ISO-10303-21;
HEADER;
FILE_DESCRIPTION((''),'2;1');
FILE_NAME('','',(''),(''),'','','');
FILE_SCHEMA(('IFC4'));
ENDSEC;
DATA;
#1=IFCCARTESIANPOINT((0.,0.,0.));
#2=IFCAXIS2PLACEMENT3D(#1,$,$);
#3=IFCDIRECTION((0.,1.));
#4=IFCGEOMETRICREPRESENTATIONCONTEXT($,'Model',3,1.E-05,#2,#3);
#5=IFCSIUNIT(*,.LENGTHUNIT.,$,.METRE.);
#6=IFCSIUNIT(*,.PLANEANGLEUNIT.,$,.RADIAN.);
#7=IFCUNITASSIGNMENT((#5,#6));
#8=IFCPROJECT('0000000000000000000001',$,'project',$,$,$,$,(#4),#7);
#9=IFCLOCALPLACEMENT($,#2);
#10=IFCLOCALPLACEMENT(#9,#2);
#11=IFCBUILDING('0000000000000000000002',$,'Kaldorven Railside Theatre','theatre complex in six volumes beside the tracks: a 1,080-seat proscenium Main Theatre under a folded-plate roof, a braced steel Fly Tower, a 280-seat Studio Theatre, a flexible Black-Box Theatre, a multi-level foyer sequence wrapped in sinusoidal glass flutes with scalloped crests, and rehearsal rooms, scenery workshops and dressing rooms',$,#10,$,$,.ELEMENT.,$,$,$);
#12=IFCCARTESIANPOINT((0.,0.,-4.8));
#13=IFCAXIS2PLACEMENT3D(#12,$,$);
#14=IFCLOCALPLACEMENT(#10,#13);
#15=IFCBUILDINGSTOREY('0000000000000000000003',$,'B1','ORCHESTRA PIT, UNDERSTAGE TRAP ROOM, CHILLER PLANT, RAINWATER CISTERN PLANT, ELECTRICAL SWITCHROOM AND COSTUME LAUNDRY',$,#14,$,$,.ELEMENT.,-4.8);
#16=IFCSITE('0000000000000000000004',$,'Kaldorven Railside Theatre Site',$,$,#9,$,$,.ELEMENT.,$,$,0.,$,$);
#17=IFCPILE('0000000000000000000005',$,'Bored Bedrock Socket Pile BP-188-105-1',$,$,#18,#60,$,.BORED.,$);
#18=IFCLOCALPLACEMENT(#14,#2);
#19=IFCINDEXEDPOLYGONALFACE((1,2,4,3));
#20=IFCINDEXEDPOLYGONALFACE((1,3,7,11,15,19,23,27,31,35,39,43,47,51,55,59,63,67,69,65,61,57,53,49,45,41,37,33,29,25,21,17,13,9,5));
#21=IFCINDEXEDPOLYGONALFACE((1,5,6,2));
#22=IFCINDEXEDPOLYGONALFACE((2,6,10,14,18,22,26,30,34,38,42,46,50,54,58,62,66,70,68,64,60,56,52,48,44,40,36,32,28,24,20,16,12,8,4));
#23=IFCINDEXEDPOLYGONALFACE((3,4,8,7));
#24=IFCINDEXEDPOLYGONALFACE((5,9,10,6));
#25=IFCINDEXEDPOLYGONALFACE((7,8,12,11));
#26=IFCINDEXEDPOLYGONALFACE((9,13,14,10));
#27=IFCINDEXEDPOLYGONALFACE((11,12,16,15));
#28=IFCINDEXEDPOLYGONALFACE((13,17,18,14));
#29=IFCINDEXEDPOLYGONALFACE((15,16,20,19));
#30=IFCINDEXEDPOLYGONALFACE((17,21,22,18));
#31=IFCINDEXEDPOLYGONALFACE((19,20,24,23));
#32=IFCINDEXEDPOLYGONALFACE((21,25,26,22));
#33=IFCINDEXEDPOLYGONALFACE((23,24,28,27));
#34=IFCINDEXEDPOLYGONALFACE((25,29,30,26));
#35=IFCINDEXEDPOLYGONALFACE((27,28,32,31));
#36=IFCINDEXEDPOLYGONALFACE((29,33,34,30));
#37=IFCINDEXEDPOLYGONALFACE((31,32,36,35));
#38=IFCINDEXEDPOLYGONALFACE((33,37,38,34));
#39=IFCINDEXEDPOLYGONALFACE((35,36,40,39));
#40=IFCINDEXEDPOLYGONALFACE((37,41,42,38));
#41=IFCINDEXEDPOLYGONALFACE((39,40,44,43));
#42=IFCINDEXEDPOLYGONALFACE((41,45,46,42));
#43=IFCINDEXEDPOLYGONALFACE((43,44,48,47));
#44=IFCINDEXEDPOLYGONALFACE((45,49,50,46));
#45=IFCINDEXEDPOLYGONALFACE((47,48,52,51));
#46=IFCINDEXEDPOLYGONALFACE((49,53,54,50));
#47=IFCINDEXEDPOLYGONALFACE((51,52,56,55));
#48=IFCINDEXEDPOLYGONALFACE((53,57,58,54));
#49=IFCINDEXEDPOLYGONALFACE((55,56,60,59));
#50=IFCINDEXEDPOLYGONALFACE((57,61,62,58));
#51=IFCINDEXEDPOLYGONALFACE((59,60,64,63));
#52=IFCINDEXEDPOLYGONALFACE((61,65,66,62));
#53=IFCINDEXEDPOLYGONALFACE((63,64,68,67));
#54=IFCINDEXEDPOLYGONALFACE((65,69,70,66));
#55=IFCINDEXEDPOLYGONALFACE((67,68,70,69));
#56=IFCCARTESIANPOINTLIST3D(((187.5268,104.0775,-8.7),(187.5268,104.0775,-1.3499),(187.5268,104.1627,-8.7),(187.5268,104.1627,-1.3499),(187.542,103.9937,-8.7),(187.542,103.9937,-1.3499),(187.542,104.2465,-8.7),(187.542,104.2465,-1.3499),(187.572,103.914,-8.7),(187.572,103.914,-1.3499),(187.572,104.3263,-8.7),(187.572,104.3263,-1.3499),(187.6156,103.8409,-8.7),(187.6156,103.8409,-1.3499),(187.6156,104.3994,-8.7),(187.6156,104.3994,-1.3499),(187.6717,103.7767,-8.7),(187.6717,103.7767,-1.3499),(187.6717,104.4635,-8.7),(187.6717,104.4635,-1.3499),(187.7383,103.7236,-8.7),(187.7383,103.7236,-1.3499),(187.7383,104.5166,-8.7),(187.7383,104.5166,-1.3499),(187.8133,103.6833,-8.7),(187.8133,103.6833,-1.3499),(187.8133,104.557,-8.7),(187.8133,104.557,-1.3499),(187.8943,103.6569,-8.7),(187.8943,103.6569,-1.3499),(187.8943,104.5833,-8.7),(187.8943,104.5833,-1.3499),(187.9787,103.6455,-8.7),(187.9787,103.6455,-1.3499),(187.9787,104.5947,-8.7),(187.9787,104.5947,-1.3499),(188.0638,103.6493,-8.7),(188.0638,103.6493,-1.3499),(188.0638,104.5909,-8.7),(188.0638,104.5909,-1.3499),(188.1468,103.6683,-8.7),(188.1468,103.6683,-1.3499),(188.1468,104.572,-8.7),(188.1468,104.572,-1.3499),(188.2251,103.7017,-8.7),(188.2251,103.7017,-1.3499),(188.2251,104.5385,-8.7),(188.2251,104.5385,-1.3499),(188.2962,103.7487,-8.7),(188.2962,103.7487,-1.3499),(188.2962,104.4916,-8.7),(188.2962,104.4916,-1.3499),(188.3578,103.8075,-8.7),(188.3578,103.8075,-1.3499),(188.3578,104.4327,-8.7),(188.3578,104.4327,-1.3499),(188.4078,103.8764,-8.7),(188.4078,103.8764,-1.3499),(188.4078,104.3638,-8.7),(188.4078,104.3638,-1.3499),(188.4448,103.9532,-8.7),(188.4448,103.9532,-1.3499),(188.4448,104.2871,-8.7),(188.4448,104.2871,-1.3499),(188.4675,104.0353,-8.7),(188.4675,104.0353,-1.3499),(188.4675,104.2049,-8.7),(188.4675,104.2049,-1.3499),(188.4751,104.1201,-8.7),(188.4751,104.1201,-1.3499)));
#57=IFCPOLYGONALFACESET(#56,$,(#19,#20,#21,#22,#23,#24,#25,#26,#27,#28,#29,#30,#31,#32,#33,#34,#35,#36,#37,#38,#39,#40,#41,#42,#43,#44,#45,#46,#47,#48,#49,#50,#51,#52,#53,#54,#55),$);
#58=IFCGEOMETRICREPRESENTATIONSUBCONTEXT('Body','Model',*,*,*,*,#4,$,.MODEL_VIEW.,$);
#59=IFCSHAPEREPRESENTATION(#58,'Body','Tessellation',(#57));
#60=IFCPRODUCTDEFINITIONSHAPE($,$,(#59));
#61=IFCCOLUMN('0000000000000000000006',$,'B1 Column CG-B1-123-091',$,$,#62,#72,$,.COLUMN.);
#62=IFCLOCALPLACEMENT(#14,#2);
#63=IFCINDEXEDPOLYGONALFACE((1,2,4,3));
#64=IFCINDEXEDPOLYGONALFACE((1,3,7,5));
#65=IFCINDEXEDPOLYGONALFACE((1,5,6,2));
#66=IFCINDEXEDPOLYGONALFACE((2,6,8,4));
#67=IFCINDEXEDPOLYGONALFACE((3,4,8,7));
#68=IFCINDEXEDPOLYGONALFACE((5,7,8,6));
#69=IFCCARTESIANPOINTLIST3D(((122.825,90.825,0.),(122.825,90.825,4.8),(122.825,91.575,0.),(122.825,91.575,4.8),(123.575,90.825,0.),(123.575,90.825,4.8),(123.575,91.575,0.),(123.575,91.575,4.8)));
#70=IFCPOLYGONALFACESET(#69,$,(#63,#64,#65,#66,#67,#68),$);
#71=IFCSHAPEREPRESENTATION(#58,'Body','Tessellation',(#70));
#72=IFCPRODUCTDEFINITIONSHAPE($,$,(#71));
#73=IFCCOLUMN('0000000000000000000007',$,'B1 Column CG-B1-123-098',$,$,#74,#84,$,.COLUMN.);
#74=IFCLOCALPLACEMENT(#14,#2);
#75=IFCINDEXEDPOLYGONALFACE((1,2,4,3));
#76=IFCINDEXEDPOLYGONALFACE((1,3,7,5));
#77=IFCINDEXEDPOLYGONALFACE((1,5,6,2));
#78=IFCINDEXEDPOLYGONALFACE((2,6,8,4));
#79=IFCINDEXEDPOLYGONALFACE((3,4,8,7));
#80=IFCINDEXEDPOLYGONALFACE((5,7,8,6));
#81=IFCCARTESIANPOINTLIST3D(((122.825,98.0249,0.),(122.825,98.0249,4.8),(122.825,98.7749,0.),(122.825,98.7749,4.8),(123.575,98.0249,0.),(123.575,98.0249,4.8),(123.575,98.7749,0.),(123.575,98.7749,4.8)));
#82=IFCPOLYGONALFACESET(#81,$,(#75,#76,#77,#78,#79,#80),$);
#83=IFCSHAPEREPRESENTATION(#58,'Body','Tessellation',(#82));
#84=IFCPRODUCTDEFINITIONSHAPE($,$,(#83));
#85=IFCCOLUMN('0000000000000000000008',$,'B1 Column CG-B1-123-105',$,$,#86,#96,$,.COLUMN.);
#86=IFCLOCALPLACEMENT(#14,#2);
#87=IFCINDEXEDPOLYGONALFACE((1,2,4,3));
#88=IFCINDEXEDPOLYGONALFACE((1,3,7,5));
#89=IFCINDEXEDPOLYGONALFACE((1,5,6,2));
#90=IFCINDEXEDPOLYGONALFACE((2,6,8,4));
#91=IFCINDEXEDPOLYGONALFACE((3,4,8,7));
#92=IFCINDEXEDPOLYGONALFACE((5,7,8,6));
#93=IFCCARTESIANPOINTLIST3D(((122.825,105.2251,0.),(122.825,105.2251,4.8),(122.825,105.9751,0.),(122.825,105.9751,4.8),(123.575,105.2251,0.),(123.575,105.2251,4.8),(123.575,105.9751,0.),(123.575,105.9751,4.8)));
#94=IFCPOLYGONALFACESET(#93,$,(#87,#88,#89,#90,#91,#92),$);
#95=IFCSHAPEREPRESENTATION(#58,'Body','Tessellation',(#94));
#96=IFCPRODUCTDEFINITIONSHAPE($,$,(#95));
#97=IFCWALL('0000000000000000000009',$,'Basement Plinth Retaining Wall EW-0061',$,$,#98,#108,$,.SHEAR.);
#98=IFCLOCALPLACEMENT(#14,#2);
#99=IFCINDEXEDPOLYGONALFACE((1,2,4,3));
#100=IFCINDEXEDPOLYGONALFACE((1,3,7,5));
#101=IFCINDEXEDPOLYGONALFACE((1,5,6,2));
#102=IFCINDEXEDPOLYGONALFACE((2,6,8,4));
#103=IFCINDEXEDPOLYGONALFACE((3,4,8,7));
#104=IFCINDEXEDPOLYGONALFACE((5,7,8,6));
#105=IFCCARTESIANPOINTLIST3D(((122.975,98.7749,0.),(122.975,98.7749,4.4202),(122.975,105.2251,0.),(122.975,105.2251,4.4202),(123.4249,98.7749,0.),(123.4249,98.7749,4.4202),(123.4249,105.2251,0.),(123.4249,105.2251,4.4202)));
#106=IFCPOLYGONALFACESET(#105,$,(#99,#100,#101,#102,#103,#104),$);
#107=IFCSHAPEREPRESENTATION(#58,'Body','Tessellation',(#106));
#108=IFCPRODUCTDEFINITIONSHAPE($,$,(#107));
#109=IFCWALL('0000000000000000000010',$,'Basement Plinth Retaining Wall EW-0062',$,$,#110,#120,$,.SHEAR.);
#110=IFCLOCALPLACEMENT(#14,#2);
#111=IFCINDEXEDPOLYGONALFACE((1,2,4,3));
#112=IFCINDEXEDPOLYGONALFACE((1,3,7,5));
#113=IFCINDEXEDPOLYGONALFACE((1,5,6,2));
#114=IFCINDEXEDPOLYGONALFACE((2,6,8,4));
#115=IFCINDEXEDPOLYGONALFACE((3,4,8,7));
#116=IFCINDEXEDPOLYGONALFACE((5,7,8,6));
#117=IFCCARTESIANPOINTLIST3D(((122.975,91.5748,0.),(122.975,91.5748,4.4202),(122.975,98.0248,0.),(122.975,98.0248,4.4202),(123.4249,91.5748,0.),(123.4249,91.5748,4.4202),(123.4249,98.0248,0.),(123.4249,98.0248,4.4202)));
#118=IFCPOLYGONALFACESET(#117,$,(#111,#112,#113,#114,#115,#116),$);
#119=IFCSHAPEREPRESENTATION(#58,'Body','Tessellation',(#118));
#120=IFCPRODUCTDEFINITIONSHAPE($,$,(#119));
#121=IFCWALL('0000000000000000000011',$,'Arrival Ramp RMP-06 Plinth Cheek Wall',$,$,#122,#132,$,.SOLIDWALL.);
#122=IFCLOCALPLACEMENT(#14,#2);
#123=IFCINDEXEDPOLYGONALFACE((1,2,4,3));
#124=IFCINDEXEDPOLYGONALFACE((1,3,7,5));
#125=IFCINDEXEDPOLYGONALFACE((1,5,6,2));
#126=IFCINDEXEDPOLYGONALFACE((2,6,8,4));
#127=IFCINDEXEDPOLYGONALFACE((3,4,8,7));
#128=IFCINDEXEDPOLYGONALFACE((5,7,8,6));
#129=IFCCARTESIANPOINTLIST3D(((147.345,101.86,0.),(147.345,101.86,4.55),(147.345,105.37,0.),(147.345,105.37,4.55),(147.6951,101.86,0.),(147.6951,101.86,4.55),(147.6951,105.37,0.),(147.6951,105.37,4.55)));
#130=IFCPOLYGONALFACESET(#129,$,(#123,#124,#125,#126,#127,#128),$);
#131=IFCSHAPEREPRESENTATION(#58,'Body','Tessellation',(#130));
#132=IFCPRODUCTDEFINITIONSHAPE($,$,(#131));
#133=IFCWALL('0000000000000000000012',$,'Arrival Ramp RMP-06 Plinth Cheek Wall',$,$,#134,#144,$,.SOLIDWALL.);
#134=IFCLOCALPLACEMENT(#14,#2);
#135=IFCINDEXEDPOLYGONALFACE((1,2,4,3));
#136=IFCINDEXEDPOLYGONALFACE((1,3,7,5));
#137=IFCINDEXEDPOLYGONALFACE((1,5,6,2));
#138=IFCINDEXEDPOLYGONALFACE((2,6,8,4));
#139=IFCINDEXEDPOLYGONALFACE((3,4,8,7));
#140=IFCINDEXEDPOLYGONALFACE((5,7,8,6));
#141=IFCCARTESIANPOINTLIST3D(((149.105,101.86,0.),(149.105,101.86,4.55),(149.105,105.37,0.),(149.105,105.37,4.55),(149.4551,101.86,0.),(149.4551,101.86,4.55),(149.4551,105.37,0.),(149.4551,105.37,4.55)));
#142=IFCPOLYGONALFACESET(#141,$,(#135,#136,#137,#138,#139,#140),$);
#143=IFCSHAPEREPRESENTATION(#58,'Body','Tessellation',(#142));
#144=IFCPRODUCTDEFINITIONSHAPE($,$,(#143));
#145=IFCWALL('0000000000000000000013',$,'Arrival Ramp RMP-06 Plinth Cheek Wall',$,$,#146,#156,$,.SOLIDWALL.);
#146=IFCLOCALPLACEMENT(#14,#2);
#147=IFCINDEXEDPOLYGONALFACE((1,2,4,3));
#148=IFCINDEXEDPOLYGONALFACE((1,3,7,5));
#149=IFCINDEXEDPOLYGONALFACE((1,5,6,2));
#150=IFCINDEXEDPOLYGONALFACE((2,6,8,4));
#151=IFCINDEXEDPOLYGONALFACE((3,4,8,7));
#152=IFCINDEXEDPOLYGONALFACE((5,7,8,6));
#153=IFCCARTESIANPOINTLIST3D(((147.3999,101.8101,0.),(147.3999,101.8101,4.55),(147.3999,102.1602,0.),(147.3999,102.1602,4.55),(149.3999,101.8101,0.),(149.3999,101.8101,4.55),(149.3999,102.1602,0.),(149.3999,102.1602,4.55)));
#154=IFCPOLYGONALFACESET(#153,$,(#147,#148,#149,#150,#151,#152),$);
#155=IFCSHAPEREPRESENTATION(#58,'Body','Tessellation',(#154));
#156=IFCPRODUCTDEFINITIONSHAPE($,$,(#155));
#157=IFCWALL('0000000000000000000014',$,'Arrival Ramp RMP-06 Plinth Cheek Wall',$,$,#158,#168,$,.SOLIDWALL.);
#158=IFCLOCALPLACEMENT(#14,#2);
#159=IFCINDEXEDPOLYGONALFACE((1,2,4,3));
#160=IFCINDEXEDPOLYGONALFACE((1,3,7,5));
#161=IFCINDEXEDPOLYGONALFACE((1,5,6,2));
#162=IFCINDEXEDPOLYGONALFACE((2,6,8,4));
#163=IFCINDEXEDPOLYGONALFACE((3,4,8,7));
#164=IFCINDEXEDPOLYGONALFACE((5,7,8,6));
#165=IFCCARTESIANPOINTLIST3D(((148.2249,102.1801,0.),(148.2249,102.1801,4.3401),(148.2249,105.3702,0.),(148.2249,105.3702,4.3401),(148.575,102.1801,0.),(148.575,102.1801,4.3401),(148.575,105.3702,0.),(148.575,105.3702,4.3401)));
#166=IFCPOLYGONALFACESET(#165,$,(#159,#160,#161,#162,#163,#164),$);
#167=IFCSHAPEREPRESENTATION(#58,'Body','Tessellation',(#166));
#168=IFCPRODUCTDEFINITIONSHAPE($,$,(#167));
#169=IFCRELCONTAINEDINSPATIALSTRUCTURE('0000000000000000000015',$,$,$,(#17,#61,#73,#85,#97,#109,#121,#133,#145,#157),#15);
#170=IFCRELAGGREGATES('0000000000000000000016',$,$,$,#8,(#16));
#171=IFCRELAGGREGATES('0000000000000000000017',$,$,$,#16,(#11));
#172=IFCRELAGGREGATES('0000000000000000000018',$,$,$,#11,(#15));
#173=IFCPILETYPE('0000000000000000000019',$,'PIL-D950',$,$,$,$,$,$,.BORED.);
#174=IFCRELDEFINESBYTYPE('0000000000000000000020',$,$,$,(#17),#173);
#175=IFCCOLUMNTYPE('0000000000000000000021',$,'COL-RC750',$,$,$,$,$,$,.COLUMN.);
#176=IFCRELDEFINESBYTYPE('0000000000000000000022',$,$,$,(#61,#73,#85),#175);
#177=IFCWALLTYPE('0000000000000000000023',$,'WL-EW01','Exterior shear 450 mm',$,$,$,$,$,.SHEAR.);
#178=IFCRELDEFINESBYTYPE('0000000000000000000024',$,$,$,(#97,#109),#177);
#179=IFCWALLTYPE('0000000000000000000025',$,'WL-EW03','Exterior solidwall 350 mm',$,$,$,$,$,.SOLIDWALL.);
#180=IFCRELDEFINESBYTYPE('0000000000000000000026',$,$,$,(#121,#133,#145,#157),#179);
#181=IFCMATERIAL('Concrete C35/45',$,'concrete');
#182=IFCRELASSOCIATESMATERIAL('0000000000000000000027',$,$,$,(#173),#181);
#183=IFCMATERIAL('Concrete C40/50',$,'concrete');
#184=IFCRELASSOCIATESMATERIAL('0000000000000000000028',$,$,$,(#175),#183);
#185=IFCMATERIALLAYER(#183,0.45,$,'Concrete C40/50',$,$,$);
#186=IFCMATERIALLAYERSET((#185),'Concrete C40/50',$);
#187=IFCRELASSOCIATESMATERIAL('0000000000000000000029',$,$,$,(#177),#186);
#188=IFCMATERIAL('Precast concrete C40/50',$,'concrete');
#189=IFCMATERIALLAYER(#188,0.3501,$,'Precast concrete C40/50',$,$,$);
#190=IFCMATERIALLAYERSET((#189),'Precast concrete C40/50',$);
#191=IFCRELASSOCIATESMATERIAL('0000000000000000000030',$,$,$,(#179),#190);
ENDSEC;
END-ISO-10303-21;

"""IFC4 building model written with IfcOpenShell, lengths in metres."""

from ifc_helpers import new_model, si_unit, direction, frame, frame_2d, origin, origin_2d, place, context, subcontext, project, spatial, rectangle, circle, extrude, material, layer, layer_set, material_profile, profile_set, type_object, element, save


model = new_model("IFC4")

# Units and contexts
model_context = context("Model", 3, precision=1e-05, world=origin(), true_north=direction((0.0, 1.0)))
body_context = subcontext(model_context, "Body", "Model", "MODEL_VIEW")
ifc_project = project(units=[si_unit("LENGTHUNIT", "METRE"), si_unit("PLANEANGLEUNIT", "RADIAN")], contexts=[model_context])

# Site, building, storey
site_placement = place(None, origin())
site = spatial("IfcSite", under=ifc_project, at=site_placement, Name="Kaldorven Railside Theatre Site", CompositionType="ELEMENT", RefElevation=0.0)
building_placement = place(site_placement, origin())
building = spatial("IfcBuilding", under=site, at=building_placement, Name="Kaldorven Railside Theatre", Description="theatre complex in six volumes beside the tracks: a 1,080-seat proscenium Main Theatre under a folded-plate roof, a braced steel Fly Tower, a 280-seat Studio Theatre, a flexible Black-Box Theatre, a multi-level foyer sequence wrapped in sinusoidal glass flutes with scalloped crests, and rehearsal rooms, scenery workshops and dressing rooms", CompositionType="ELEMENT")
storey_placement = place(building_placement, frame((0.0, 0.0, -4.8)))
storey = spatial("IfcBuildingStorey", under=building, at=storey_placement, Name="B1", Description="ORCHESTRA PIT, UNDERSTAGE TRAP ROOM, CHILLER PLANT, RAINWATER CISTERN PLANT, ELECTRICAL SWITCHROOM AND COSTUME LAUNDRY", CompositionType="ELEMENT", Elevation=-4.8)

# Shared definitions
ifc_material_1 = material(Name="Concrete C40/50", Category="concrete")

# Pile
ifc_material_2 = material(Name="Concrete C35/45", Category="concrete")
ifc_material_profile_1 = material_profile(ifc_material_2, circle(Radius=0.4751, at=origin_2d()), Name="BP D950")
ifc_profile_set_1 = profile_set([ifc_material_profile_1], Name="Concrete C35/45")
pile_type_1 = type_object("IfcPileType", Name="PIL-D950", PredefinedType="BORED", material=ifc_profile_set_1)
for number, where, z_axis, x_axis, name in (
    (1, (188.0, 104.1201, -1.3499), (0.0, 0.0, -1.0), (1.0, 0.0, 0.0), "Bored Bedrock Socket Pile BP-188-105-1"),
):
    element("IfcPile", number, at=place(storey_placement, frame(where, z_axis=z_axis, x_axis=x_axis)), inside=storey, type_object=pile_type_1, Name=name, PredefinedType="BORED", context=body_context, shape_type="SweptSolid", body=[
        extrude(circle(Radius=0.4751, at=origin_2d()), origin(), (0.0, 0.0, 1.0), 7.3501),
    ])

# Columns
ifc_material_profile_2 = material_profile(ifc_material_1, rectangle(XDim=0.75, YDim=0.75, at=origin_2d()), Name="RC 750x750")
ifc_profile_set_2 = profile_set([ifc_material_profile_2], Name="Concrete C40/50")
column_type = type_object("IfcColumnType", Name="COL-RC750", PredefinedType="COLUMN", material=ifc_profile_set_2)
for number, where, z_axis, x_axis, name in (
    (2, (123.2, 91.2, 0.0), (0.0, 0.0, 1.0), (1.0, 0.0, 0.0), "B1 Column CG-B1-123-091"),
    (3, (123.2, 98.3999, 0.0), (0.0, 0.0, 1.0), (0.0, 1.0, 0.0), "B1 Column CG-B1-123-098"),
    (4, (123.2, 105.6001, 0.0), (0.0, 0.0, 1.0), (1.0, 0.0, 0.0), "B1 Column CG-B1-123-105"),
):
    element("IfcColumn", number, at=place(storey_placement, frame(where, z_axis=z_axis, x_axis=x_axis)), inside=storey, type_object=column_type, Name=name, PredefinedType="COLUMN", context=body_context, shape_type="SweptSolid", body=[
        extrude(rectangle(XDim=0.75, YDim=0.75, at=origin_2d()), origin(), (0.0, 0.0, 1.0), 4.8),
    ])

# Walls
ifc_layer_1 = layer(ifc_material_1, 0.45, Name="Concrete C40/50")
ifc_layer_set_1 = layer_set([ifc_layer_1], Name="Concrete C40/50")
wall_type_1 = type_object("IfcWallType", Name="WL-EW01", Description="Exterior shear 450 mm", PredefinedType="SHEAR", material=ifc_layer_set_1)
wall_1_placement = place(storey_placement, frame((123.2, 105.2251, 0.0), z_axis=(0.0, 0.0, 1.0), x_axis=(0.0, -1.0, 0.0)))
element("IfcWall", 5, at=wall_1_placement, inside=storey, type_object=wall_type_1, Name="Basement Plinth Retaining Wall EW-0061", PredefinedType="SHEAR", context=body_context, shape_type="SweptSolid", body=[
    extrude(rectangle(XDim=6.4502, YDim=0.45, at=frame_2d((3.2251, 0.0))), origin(), (0.0, 0.0, 1.0), 4.4202),
])
wall_2_placement = place(storey_placement, frame((123.2, 98.0249, 0.0), z_axis=(0.0, 0.0, 1.0), x_axis=(0.0, -1.0, 0.0)))
element("IfcWall", 6, at=wall_2_placement, inside=storey, type_object=wall_type_1, Name="Basement Plinth Retaining Wall EW-0062", PredefinedType="SHEAR", context=body_context, shape_type="SweptSolid", body=[
    extrude(rectangle(XDim=6.45, YDim=0.45, at=frame_2d((3.2251, 0.0))), origin(), (0.0, 0.0, 1.0), 4.4202),
])
ifc_material_3 = material(Name="Precast concrete C40/50", Category="concrete")
ifc_layer_2 = layer(ifc_material_3, 0.3501, Name="Precast concrete C40/50")
ifc_layer_set_2 = layer_set([ifc_layer_2], Name="Precast concrete C40/50")
wall_type_2 = type_object("IfcWallType", Name="WL-EW03", Description="Exterior solidwall 350 mm", PredefinedType="SOLIDWALL", material=ifc_layer_set_2)
for number, where, z_axis, x_axis, name in (
    (7, (147.52, 101.8601, 0.0), (0.0, 0.0, 1.0), (0.0, 1.0, 0.0), "Arrival Ramp RMP-06 Plinth Cheek Wall"),
    (8, (149.28, 101.8601, 0.0), (0.0, 0.0, 1.0), (0.0, 1.0, 0.0), "Arrival Ramp RMP-06 Plinth Cheek Wall"),
):
    element("IfcWall", number, at=place(storey_placement, frame(where, z_axis=z_axis, x_axis=x_axis)), inside=storey, type_object=wall_type_2, Name=name, PredefinedType="SOLIDWALL", context=body_context, shape_type="SweptSolid", body=[
        extrude(rectangle(XDim=3.51, YDim=0.3501, at=frame_2d((1.7549, 0.0))), origin(), (0.0, 0.0, 1.0), 4.55),
    ])
wall_3_placement = place(storey_placement, frame((147.3999, 101.9851, 0.0), z_axis=(0.0, 0.0, 1.0), x_axis=(1.0, 0.0, 0.0)))
element("IfcWall", 9, at=wall_3_placement, inside=storey, type_object=wall_type_2, Name="Arrival Ramp RMP-06 Plinth Cheek Wall", PredefinedType="SOLIDWALL", context=body_context, shape_type="SweptSolid", body=[
    extrude(rectangle(XDim=2.0, YDim=0.3501, at=frame_2d((1.0, 0.0))), origin(), (0.0, 0.0, 1.0), 4.55),
])
wall_4_placement = place(storey_placement, frame((148.3999, 102.1799, 0.0), z_axis=(0.0, 0.0, 1.0), x_axis=(0.0, 1.0, 0.0)))
element("IfcWall", 10, at=wall_4_placement, inside=storey, type_object=wall_type_2, Name="Arrival Ramp RMP-06 Plinth Cheek Wall", PredefinedType="SOLIDWALL", context=body_context, shape_type="SweptSolid", body=[
    extrude(rectangle(XDim=3.1902, YDim=0.3501, at=frame_2d((1.5952, 0.0))), origin(), (0.0, 0.0, 1.0), 4.3401),
])

save(model, "model.ifc")
